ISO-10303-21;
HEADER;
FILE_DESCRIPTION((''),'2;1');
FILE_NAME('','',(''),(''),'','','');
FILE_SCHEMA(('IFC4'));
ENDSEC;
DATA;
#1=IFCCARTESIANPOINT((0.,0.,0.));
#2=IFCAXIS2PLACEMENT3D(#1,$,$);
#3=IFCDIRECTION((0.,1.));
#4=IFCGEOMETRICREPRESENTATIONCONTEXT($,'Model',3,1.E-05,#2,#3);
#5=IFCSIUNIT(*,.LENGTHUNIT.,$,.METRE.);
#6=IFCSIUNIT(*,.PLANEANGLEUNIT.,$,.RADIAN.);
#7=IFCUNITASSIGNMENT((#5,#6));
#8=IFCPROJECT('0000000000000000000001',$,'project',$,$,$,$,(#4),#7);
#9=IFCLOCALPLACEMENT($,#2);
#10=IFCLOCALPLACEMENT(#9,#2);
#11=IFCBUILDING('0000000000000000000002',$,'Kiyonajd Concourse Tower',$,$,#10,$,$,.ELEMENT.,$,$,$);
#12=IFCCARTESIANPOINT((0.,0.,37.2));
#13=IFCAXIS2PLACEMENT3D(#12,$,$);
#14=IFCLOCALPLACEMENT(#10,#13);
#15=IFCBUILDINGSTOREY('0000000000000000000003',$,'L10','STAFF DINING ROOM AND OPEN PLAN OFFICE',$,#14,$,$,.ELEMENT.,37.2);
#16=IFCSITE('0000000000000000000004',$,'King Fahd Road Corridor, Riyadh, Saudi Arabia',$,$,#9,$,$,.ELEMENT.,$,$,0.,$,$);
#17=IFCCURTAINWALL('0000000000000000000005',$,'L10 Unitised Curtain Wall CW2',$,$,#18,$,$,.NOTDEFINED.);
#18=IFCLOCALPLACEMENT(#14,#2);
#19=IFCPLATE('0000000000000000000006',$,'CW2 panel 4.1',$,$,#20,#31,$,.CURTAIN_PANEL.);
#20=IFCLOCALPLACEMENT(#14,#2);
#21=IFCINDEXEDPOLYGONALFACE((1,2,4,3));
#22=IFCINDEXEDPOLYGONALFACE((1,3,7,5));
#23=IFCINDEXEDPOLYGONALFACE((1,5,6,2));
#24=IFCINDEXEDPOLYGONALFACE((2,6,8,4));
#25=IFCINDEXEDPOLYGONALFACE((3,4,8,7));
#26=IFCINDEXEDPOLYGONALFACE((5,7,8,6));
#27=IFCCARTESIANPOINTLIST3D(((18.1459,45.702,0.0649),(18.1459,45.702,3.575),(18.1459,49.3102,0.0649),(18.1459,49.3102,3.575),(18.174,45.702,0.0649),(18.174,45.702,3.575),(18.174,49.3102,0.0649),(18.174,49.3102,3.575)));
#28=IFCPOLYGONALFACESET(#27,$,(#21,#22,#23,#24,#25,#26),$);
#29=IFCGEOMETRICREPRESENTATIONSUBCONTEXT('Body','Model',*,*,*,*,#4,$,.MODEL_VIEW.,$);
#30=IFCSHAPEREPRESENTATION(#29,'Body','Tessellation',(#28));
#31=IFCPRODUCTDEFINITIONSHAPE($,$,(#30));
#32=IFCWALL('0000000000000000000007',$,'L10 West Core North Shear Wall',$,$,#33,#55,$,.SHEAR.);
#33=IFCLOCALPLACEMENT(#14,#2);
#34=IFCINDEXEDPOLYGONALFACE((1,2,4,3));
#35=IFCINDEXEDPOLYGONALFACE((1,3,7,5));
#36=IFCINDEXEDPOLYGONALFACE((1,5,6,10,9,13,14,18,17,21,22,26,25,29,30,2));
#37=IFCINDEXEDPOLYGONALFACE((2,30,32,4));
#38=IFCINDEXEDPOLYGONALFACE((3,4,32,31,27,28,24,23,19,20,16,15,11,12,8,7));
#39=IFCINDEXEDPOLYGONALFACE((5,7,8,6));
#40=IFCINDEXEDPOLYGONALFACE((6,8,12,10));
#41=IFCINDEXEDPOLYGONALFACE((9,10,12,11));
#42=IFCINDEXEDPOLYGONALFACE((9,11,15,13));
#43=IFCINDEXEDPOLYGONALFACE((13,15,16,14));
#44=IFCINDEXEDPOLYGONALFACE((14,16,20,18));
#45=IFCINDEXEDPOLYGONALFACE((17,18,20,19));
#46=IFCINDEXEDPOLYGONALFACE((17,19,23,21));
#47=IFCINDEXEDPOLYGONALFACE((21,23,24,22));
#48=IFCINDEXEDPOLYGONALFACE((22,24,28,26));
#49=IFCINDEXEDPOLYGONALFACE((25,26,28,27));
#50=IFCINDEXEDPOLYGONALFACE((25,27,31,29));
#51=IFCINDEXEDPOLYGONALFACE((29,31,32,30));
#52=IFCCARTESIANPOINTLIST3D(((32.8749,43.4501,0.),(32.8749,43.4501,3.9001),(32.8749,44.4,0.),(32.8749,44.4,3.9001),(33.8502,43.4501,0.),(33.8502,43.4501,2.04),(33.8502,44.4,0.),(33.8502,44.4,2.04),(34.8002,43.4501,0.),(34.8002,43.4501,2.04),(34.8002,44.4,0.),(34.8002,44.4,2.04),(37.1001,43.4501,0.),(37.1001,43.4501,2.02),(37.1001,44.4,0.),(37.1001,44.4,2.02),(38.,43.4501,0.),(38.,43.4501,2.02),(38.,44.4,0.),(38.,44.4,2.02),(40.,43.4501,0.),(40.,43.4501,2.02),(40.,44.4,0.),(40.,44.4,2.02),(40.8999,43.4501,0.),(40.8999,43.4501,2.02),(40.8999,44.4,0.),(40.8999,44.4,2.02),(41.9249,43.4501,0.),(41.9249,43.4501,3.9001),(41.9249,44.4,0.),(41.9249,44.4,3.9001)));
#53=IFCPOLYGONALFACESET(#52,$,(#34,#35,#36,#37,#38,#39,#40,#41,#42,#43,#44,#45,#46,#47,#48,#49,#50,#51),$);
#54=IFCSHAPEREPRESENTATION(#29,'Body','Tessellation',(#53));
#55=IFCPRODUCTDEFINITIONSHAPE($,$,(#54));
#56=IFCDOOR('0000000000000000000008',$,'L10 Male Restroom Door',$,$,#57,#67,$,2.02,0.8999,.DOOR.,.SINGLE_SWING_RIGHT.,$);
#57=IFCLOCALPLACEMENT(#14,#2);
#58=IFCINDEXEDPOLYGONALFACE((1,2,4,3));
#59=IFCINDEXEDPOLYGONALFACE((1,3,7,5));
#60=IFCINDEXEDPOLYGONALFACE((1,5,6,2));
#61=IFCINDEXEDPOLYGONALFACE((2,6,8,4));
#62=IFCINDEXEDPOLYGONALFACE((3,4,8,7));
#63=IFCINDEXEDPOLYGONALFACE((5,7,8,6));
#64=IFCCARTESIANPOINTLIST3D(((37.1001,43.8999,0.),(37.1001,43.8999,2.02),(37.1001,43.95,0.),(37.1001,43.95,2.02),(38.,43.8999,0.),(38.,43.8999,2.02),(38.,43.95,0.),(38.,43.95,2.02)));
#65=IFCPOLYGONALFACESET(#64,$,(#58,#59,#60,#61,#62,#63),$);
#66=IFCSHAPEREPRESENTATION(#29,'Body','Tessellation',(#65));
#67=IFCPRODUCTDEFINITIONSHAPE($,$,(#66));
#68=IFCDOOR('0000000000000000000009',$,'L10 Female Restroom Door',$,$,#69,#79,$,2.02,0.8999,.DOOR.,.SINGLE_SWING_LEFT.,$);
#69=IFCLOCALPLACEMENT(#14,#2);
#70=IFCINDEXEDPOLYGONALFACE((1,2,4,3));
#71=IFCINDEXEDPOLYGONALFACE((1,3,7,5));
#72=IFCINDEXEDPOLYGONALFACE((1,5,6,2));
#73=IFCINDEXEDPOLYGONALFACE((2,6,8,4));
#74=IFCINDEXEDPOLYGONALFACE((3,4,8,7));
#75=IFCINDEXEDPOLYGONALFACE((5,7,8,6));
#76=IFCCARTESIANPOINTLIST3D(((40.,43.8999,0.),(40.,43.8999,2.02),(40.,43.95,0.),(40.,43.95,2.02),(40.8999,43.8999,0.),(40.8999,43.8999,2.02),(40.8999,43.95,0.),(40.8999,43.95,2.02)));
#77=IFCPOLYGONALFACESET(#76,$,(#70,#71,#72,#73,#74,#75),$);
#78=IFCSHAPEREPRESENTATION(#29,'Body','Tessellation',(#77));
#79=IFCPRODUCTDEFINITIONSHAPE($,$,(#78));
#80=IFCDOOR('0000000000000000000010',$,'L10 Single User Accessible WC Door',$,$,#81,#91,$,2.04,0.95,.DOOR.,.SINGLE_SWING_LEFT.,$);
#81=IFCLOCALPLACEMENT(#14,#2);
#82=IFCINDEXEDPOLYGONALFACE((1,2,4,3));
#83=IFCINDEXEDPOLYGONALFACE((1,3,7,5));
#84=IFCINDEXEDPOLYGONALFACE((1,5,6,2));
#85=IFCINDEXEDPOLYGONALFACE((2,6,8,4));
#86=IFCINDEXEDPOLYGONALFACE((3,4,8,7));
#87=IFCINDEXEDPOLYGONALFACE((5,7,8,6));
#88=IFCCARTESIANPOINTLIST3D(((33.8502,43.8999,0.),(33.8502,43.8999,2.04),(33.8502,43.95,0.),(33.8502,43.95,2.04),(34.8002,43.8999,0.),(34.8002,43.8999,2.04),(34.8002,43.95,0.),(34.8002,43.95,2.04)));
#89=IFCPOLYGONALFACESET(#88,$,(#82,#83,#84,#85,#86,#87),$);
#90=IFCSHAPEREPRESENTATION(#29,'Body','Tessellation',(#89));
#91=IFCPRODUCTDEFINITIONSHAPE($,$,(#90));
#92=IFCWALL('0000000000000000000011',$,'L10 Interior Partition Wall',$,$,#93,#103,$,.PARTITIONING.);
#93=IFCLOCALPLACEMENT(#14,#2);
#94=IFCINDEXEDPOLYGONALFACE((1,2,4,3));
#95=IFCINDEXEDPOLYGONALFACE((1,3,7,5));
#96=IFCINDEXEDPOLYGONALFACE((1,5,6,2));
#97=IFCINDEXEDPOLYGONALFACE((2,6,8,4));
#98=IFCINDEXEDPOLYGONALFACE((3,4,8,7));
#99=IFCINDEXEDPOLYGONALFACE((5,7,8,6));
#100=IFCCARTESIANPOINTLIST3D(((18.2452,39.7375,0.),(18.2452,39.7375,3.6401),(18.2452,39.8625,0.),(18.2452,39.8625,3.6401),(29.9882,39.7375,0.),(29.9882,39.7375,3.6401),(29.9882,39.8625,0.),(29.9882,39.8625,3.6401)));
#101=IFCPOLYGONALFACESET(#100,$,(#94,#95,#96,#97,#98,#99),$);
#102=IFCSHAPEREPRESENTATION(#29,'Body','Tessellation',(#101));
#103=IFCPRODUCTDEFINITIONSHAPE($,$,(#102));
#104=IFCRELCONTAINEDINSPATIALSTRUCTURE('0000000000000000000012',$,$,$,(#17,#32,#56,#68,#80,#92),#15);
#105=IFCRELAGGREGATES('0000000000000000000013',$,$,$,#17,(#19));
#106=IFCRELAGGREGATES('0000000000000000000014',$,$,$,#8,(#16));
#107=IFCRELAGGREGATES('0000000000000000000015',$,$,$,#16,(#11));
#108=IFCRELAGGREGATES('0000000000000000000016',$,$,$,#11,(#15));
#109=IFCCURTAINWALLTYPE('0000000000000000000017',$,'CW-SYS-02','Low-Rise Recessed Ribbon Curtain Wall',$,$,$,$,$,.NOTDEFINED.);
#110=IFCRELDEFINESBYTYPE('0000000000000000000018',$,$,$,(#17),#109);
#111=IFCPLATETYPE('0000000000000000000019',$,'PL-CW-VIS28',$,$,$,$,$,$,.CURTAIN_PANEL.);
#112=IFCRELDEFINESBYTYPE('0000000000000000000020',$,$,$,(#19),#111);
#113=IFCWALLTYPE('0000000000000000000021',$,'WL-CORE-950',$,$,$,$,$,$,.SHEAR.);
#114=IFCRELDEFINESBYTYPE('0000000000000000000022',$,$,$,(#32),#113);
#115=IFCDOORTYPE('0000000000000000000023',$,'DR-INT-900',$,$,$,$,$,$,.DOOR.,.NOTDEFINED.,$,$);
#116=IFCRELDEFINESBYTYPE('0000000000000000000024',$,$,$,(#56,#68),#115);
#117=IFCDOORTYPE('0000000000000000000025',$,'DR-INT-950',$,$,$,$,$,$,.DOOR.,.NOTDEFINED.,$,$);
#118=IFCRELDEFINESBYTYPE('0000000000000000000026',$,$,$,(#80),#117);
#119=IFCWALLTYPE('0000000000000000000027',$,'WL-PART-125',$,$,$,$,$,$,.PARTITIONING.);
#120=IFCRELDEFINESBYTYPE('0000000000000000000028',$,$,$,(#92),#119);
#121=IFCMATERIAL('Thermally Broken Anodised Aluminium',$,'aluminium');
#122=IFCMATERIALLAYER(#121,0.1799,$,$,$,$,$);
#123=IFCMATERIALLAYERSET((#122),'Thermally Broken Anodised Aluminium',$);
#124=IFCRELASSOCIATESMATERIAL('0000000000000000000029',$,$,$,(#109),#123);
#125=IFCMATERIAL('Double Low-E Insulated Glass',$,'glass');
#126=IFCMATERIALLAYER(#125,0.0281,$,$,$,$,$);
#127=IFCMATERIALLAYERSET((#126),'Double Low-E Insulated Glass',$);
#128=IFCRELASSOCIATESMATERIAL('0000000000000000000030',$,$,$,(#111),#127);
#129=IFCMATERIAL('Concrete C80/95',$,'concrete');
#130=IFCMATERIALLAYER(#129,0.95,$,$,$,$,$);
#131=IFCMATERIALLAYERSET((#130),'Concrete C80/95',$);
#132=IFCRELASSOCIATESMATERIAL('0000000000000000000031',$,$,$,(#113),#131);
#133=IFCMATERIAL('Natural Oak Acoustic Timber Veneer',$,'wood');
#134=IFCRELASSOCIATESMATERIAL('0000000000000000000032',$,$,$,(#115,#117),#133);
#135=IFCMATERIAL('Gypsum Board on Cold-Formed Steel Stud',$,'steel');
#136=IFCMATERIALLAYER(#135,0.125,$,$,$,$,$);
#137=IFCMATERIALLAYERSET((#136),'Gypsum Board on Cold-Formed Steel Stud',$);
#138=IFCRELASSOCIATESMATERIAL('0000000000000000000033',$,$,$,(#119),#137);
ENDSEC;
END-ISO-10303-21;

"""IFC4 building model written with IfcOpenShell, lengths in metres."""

from ifc_helpers import new_model, si_unit, direction, frame, frame_2d, origin, origin_2d, place, context, subcontext, project, spatial, rectangle, extrude, material, layer, layer_set, type_object, element, fill, aggregate, save


model = new_model("IFC4")

# Units and contexts
model_context = context("Model", 3, precision=1e-05, world=origin(), true_north=direction((0.0, 1.0)))
body_context = subcontext(model_context, "Body", "Model", "MODEL_VIEW")
ifc_project = project(units=[si_unit("LENGTHUNIT", "METRE"), si_unit("PLANEANGLEUNIT", "RADIAN")], contexts=[model_context])

# Site, building, storey
site_placement = place(None, origin())
site = spatial("IfcSite", under=ifc_project, at=site_placement, Name="King Fahd Road Corridor, Riyadh, Saudi Arabia", CompositionType="ELEMENT", RefElevation=0.0)
building_placement = place(site_placement, origin())
building = spatial("IfcBuilding", under=site, at=building_placement, Name="Kiyonajd Concourse Tower", CompositionType="ELEMENT")
storey_placement = place(building_placement, frame((0.0, 0.0, 37.2)))
storey = spatial("IfcBuildingStorey", under=building, at=storey_placement, Name="L10", Description="STAFF DINING ROOM AND OPEN PLAN OFFICE", CompositionType="ELEMENT", Elevation=37.2)

# Shared definitions
ifc_material_1 = material(Name="Concrete C80/95", Category="concrete")

# Curtain wall, plate
ifc_material_2 = material(Name="Thermally Broken Anodised Aluminium", Category="aluminium")
ifc_layer_1 = layer(ifc_material_2, 0.1799)
ifc_layer_set_1 = layer_set([ifc_layer_1], Name="Thermally Broken Anodised Aluminium")
curtain_wall_type = type_object("IfcCurtainWallType", Name="CW-SYS-02", Description="Low-Rise Recessed Ribbon Curtain Wall", PredefinedType="NOTDEFINED", material=ifc_layer_set_1)
curtain_wall_placement = place(storey_placement, origin())
curtain_wall = element("IfcCurtainWall", 1, at=curtain_wall_placement, inside=storey, type_object=curtain_wall_type, Name="L10 Unitised Curtain Wall CW2", PredefinedType="NOTDEFINED")
ifc_material_3 = material(Name="Double Low-E Insulated Glass", Category="glass")
ifc_layer_2 = layer(ifc_material_3, 0.0281)
ifc_layer_set_2 = layer_set([ifc_layer_2], Name="Double Low-E Insulated Glass")
plate_type = type_object("IfcPlateType", Name="PL-CW-VIS28", PredefinedType="CURTAIN_PANEL", material=ifc_layer_set_2)
plate_placement = place(storey_placement, frame((18.1599, 47.5061, 0.0649), z_axis=(0.0, 0.0, 1.0), x_axis=(0.0, 1.0, 0.0)))
plate = element("IfcPlate", 2, at=plate_placement, type_object=plate_type, Name="CW2 panel 4.1", PredefinedType="CURTAIN_PANEL", context=body_context, shape_type="SweptSolid", body=[
    extrude(rectangle(XDim=3.6082, YDim=0.0281, at=origin_2d()), origin(), (0.0, 0.0, 1.0), 3.51),
])
aggregate(curtain_wall, [plate])

# Wall, openings, doors
ifc_layer_3 = layer(ifc_material_1, 0.95)
ifc_layer_set_3 = layer_set([ifc_layer_3], Name="Concrete C80/95")
wall_type_1 = type_object("IfcWallType", Name="WL-CORE-950", PredefinedType="SHEAR", material=ifc_layer_set_3)
wall_1_placement = place(storey_placement, frame((32.875, 43.925, 0.0), z_axis=(0.0, 0.0, 1.0), x_axis=(1.0, 0.0, 0.0)))
wall_1 = element("IfcWall", 3, at=wall_1_placement, inside=storey, type_object=wall_type_1, Name="L10 West Core North Shear Wall", PredefinedType="SHEAR", context=body_context, shape_type="SweptSolid", body=[
    extrude(rectangle(XDim=9.05, YDim=0.95, at=frame_2d((4.5249, 0.0))), origin(), (0.0, 0.0, 1.0), 3.9001),
])
opening_1_placement = place(wall_1_placement, frame((0.9751, 0.0, 0.0)))
opening_1 = element("IfcOpeningElement", 4, at=opening_1_placement, cuts=wall_1, PredefinedType="OPENING", context=body_context, shape_type="SweptSolid", body=[
    extrude(rectangle(XDim=0.95, YDim=2.04, at=frame_2d((0.4751, 1.02))), frame((0.0, 0.4849, 0.0), z_axis=(0.0, -1.0, 0.0), x_axis=(1.0, 0.0, 0.0)), (0.0, 0.0, 1.0), 0.97),
])
opening_2_placement = place(wall_1_placement, frame((4.2251, 0.0, 0.0)))
opening_2 = element("IfcOpeningElement", 5, at=opening_2_placement, cuts=wall_1, PredefinedType="OPENING", context=body_context, shape_type="SweptSolid", body=[
    extrude(rectangle(XDim=0.8999, YDim=2.02, at=frame_2d((0.45, 1.01))), frame((0.0, 0.4849, 0.0), z_axis=(0.0, -1.0, 0.0), x_axis=(1.0, 0.0, 0.0)), (0.0, 0.0, 1.0), 0.97),
])
opening_3_placement = place(wall_1_placement, frame((7.125, 0.0, 0.0)))
opening_3 = element("IfcOpeningElement", 6, at=opening_3_placement, cuts=wall_1, PredefinedType="OPENING", context=body_context, shape_type="SweptSolid", body=[
    extrude(rectangle(XDim=0.8999, YDim=2.02, at=frame_2d((0.45, 1.01))), frame((0.0, 0.4849, 0.0), z_axis=(0.0, -1.0, 0.0), x_axis=(1.0, 0.0, 0.0)), (0.0, 0.0, 1.0), 0.97),
])
ifc_material_4 = material(Name="Natural Oak Acoustic Timber Veneer", Category="wood")
door_type_1 = type_object("IfcDoorType", Name="DR-INT-900", OperationType="NOTDEFINED", PredefinedType="DOOR", material=ifc_material_4)
door_1_placement = place(opening_2_placement, origin())
door_1 = element("IfcDoor", 7, at=door_1_placement, inside=storey, type_object=door_type_1, Name="L10 Male Restroom Door", OperationType="SINGLE_SWING_RIGHT", OverallHeight=2.02, OverallWidth=0.8999, PredefinedType="DOOR", context=body_context, shape_type="SweptSolid", body=[
    extrude(rectangle(XDim=0.8999, YDim=2.02, at=frame_2d((0.45, 1.01))), frame((0.0, 0.0249, 0.0), z_axis=(0.0, -1.0, 0.0), x_axis=(1.0, 0.0, 0.0)), (0.0, 0.0, 1.0), 0.05),
])
fill(opening_2, door_1)
door_2_placement = place(opening_3_placement, origin())
door_2 = element("IfcDoor", 8, at=door_2_placement, inside=storey, type_object=door_type_1, Name="L10 Female Restroom Door", OperationType="SINGLE_SWING_LEFT", OverallHeight=2.02, OverallWidth=0.8999, PredefinedType="DOOR", context=body_context, shape_type="SweptSolid", body=[
    extrude(rectangle(XDim=0.8999, YDim=2.02, at=frame_2d((0.45, 1.01))), frame((0.0, 0.0249, 0.0), z_axis=(0.0, -1.0, 0.0), x_axis=(1.0, 0.0, 0.0)), (0.0, 0.0, 1.0), 0.05),
])
fill(opening_3, door_2)
door_type_2 = type_object("IfcDoorType", Name="DR-INT-950", OperationType="NOTDEFINED", PredefinedType="DOOR", material=ifc_material_4)
door_3_placement = place(opening_1_placement, origin())
door_3 = element("IfcDoor", 9, at=door_3_placement, inside=storey, type_object=door_type_2, Name="L10 Single User Accessible WC Door", OperationType="SINGLE_SWING_LEFT", OverallHeight=2.04, OverallWidth=0.95, PredefinedType="DOOR", context=body_context, shape_type="SweptSolid", body=[
    extrude(rectangle(XDim=0.95, YDim=2.04, at=frame_2d((0.4751, 1.02))), frame((0.0, 0.0249, 0.0), z_axis=(0.0, -1.0, 0.0), x_axis=(1.0, 0.0, 0.0)), (0.0, 0.0, 1.0), 0.05),
])
fill(opening_1, door_3)

# Wall
ifc_material_5 = material(Name="Gypsum Board on Cold-Formed Steel Stud", Category="steel")
ifc_layer_4 = layer(ifc_material_5, 0.125)
ifc_layer_set_4 = layer_set([ifc_layer_4], Name="Gypsum Board on Cold-Formed Steel Stud")
wall_type_2 = type_object("IfcWallType", Name="WL-PART-125", PredefinedType="PARTITIONING", material=ifc_layer_set_4)
wall_2_placement = place(storey_placement, frame((18.2451, 39.8, 0.0), z_axis=(0.0, 0.0, 1.0), x_axis=(1.0, 0.0, 0.0)))
element("IfcWall", 10, at=wall_2_placement, inside=storey, type_object=wall_type_2, Name="L10 Interior Partition Wall", PredefinedType="PARTITIONING", context=body_context, shape_type="SweptSolid", body=[
    extrude(rectangle(XDim=11.7429, YDim=0.125, at=frame_2d((5.8716, 0.0))), origin(), (0.0, 0.0, 1.0), 3.6401),
])

save(model, "model.ifc")
